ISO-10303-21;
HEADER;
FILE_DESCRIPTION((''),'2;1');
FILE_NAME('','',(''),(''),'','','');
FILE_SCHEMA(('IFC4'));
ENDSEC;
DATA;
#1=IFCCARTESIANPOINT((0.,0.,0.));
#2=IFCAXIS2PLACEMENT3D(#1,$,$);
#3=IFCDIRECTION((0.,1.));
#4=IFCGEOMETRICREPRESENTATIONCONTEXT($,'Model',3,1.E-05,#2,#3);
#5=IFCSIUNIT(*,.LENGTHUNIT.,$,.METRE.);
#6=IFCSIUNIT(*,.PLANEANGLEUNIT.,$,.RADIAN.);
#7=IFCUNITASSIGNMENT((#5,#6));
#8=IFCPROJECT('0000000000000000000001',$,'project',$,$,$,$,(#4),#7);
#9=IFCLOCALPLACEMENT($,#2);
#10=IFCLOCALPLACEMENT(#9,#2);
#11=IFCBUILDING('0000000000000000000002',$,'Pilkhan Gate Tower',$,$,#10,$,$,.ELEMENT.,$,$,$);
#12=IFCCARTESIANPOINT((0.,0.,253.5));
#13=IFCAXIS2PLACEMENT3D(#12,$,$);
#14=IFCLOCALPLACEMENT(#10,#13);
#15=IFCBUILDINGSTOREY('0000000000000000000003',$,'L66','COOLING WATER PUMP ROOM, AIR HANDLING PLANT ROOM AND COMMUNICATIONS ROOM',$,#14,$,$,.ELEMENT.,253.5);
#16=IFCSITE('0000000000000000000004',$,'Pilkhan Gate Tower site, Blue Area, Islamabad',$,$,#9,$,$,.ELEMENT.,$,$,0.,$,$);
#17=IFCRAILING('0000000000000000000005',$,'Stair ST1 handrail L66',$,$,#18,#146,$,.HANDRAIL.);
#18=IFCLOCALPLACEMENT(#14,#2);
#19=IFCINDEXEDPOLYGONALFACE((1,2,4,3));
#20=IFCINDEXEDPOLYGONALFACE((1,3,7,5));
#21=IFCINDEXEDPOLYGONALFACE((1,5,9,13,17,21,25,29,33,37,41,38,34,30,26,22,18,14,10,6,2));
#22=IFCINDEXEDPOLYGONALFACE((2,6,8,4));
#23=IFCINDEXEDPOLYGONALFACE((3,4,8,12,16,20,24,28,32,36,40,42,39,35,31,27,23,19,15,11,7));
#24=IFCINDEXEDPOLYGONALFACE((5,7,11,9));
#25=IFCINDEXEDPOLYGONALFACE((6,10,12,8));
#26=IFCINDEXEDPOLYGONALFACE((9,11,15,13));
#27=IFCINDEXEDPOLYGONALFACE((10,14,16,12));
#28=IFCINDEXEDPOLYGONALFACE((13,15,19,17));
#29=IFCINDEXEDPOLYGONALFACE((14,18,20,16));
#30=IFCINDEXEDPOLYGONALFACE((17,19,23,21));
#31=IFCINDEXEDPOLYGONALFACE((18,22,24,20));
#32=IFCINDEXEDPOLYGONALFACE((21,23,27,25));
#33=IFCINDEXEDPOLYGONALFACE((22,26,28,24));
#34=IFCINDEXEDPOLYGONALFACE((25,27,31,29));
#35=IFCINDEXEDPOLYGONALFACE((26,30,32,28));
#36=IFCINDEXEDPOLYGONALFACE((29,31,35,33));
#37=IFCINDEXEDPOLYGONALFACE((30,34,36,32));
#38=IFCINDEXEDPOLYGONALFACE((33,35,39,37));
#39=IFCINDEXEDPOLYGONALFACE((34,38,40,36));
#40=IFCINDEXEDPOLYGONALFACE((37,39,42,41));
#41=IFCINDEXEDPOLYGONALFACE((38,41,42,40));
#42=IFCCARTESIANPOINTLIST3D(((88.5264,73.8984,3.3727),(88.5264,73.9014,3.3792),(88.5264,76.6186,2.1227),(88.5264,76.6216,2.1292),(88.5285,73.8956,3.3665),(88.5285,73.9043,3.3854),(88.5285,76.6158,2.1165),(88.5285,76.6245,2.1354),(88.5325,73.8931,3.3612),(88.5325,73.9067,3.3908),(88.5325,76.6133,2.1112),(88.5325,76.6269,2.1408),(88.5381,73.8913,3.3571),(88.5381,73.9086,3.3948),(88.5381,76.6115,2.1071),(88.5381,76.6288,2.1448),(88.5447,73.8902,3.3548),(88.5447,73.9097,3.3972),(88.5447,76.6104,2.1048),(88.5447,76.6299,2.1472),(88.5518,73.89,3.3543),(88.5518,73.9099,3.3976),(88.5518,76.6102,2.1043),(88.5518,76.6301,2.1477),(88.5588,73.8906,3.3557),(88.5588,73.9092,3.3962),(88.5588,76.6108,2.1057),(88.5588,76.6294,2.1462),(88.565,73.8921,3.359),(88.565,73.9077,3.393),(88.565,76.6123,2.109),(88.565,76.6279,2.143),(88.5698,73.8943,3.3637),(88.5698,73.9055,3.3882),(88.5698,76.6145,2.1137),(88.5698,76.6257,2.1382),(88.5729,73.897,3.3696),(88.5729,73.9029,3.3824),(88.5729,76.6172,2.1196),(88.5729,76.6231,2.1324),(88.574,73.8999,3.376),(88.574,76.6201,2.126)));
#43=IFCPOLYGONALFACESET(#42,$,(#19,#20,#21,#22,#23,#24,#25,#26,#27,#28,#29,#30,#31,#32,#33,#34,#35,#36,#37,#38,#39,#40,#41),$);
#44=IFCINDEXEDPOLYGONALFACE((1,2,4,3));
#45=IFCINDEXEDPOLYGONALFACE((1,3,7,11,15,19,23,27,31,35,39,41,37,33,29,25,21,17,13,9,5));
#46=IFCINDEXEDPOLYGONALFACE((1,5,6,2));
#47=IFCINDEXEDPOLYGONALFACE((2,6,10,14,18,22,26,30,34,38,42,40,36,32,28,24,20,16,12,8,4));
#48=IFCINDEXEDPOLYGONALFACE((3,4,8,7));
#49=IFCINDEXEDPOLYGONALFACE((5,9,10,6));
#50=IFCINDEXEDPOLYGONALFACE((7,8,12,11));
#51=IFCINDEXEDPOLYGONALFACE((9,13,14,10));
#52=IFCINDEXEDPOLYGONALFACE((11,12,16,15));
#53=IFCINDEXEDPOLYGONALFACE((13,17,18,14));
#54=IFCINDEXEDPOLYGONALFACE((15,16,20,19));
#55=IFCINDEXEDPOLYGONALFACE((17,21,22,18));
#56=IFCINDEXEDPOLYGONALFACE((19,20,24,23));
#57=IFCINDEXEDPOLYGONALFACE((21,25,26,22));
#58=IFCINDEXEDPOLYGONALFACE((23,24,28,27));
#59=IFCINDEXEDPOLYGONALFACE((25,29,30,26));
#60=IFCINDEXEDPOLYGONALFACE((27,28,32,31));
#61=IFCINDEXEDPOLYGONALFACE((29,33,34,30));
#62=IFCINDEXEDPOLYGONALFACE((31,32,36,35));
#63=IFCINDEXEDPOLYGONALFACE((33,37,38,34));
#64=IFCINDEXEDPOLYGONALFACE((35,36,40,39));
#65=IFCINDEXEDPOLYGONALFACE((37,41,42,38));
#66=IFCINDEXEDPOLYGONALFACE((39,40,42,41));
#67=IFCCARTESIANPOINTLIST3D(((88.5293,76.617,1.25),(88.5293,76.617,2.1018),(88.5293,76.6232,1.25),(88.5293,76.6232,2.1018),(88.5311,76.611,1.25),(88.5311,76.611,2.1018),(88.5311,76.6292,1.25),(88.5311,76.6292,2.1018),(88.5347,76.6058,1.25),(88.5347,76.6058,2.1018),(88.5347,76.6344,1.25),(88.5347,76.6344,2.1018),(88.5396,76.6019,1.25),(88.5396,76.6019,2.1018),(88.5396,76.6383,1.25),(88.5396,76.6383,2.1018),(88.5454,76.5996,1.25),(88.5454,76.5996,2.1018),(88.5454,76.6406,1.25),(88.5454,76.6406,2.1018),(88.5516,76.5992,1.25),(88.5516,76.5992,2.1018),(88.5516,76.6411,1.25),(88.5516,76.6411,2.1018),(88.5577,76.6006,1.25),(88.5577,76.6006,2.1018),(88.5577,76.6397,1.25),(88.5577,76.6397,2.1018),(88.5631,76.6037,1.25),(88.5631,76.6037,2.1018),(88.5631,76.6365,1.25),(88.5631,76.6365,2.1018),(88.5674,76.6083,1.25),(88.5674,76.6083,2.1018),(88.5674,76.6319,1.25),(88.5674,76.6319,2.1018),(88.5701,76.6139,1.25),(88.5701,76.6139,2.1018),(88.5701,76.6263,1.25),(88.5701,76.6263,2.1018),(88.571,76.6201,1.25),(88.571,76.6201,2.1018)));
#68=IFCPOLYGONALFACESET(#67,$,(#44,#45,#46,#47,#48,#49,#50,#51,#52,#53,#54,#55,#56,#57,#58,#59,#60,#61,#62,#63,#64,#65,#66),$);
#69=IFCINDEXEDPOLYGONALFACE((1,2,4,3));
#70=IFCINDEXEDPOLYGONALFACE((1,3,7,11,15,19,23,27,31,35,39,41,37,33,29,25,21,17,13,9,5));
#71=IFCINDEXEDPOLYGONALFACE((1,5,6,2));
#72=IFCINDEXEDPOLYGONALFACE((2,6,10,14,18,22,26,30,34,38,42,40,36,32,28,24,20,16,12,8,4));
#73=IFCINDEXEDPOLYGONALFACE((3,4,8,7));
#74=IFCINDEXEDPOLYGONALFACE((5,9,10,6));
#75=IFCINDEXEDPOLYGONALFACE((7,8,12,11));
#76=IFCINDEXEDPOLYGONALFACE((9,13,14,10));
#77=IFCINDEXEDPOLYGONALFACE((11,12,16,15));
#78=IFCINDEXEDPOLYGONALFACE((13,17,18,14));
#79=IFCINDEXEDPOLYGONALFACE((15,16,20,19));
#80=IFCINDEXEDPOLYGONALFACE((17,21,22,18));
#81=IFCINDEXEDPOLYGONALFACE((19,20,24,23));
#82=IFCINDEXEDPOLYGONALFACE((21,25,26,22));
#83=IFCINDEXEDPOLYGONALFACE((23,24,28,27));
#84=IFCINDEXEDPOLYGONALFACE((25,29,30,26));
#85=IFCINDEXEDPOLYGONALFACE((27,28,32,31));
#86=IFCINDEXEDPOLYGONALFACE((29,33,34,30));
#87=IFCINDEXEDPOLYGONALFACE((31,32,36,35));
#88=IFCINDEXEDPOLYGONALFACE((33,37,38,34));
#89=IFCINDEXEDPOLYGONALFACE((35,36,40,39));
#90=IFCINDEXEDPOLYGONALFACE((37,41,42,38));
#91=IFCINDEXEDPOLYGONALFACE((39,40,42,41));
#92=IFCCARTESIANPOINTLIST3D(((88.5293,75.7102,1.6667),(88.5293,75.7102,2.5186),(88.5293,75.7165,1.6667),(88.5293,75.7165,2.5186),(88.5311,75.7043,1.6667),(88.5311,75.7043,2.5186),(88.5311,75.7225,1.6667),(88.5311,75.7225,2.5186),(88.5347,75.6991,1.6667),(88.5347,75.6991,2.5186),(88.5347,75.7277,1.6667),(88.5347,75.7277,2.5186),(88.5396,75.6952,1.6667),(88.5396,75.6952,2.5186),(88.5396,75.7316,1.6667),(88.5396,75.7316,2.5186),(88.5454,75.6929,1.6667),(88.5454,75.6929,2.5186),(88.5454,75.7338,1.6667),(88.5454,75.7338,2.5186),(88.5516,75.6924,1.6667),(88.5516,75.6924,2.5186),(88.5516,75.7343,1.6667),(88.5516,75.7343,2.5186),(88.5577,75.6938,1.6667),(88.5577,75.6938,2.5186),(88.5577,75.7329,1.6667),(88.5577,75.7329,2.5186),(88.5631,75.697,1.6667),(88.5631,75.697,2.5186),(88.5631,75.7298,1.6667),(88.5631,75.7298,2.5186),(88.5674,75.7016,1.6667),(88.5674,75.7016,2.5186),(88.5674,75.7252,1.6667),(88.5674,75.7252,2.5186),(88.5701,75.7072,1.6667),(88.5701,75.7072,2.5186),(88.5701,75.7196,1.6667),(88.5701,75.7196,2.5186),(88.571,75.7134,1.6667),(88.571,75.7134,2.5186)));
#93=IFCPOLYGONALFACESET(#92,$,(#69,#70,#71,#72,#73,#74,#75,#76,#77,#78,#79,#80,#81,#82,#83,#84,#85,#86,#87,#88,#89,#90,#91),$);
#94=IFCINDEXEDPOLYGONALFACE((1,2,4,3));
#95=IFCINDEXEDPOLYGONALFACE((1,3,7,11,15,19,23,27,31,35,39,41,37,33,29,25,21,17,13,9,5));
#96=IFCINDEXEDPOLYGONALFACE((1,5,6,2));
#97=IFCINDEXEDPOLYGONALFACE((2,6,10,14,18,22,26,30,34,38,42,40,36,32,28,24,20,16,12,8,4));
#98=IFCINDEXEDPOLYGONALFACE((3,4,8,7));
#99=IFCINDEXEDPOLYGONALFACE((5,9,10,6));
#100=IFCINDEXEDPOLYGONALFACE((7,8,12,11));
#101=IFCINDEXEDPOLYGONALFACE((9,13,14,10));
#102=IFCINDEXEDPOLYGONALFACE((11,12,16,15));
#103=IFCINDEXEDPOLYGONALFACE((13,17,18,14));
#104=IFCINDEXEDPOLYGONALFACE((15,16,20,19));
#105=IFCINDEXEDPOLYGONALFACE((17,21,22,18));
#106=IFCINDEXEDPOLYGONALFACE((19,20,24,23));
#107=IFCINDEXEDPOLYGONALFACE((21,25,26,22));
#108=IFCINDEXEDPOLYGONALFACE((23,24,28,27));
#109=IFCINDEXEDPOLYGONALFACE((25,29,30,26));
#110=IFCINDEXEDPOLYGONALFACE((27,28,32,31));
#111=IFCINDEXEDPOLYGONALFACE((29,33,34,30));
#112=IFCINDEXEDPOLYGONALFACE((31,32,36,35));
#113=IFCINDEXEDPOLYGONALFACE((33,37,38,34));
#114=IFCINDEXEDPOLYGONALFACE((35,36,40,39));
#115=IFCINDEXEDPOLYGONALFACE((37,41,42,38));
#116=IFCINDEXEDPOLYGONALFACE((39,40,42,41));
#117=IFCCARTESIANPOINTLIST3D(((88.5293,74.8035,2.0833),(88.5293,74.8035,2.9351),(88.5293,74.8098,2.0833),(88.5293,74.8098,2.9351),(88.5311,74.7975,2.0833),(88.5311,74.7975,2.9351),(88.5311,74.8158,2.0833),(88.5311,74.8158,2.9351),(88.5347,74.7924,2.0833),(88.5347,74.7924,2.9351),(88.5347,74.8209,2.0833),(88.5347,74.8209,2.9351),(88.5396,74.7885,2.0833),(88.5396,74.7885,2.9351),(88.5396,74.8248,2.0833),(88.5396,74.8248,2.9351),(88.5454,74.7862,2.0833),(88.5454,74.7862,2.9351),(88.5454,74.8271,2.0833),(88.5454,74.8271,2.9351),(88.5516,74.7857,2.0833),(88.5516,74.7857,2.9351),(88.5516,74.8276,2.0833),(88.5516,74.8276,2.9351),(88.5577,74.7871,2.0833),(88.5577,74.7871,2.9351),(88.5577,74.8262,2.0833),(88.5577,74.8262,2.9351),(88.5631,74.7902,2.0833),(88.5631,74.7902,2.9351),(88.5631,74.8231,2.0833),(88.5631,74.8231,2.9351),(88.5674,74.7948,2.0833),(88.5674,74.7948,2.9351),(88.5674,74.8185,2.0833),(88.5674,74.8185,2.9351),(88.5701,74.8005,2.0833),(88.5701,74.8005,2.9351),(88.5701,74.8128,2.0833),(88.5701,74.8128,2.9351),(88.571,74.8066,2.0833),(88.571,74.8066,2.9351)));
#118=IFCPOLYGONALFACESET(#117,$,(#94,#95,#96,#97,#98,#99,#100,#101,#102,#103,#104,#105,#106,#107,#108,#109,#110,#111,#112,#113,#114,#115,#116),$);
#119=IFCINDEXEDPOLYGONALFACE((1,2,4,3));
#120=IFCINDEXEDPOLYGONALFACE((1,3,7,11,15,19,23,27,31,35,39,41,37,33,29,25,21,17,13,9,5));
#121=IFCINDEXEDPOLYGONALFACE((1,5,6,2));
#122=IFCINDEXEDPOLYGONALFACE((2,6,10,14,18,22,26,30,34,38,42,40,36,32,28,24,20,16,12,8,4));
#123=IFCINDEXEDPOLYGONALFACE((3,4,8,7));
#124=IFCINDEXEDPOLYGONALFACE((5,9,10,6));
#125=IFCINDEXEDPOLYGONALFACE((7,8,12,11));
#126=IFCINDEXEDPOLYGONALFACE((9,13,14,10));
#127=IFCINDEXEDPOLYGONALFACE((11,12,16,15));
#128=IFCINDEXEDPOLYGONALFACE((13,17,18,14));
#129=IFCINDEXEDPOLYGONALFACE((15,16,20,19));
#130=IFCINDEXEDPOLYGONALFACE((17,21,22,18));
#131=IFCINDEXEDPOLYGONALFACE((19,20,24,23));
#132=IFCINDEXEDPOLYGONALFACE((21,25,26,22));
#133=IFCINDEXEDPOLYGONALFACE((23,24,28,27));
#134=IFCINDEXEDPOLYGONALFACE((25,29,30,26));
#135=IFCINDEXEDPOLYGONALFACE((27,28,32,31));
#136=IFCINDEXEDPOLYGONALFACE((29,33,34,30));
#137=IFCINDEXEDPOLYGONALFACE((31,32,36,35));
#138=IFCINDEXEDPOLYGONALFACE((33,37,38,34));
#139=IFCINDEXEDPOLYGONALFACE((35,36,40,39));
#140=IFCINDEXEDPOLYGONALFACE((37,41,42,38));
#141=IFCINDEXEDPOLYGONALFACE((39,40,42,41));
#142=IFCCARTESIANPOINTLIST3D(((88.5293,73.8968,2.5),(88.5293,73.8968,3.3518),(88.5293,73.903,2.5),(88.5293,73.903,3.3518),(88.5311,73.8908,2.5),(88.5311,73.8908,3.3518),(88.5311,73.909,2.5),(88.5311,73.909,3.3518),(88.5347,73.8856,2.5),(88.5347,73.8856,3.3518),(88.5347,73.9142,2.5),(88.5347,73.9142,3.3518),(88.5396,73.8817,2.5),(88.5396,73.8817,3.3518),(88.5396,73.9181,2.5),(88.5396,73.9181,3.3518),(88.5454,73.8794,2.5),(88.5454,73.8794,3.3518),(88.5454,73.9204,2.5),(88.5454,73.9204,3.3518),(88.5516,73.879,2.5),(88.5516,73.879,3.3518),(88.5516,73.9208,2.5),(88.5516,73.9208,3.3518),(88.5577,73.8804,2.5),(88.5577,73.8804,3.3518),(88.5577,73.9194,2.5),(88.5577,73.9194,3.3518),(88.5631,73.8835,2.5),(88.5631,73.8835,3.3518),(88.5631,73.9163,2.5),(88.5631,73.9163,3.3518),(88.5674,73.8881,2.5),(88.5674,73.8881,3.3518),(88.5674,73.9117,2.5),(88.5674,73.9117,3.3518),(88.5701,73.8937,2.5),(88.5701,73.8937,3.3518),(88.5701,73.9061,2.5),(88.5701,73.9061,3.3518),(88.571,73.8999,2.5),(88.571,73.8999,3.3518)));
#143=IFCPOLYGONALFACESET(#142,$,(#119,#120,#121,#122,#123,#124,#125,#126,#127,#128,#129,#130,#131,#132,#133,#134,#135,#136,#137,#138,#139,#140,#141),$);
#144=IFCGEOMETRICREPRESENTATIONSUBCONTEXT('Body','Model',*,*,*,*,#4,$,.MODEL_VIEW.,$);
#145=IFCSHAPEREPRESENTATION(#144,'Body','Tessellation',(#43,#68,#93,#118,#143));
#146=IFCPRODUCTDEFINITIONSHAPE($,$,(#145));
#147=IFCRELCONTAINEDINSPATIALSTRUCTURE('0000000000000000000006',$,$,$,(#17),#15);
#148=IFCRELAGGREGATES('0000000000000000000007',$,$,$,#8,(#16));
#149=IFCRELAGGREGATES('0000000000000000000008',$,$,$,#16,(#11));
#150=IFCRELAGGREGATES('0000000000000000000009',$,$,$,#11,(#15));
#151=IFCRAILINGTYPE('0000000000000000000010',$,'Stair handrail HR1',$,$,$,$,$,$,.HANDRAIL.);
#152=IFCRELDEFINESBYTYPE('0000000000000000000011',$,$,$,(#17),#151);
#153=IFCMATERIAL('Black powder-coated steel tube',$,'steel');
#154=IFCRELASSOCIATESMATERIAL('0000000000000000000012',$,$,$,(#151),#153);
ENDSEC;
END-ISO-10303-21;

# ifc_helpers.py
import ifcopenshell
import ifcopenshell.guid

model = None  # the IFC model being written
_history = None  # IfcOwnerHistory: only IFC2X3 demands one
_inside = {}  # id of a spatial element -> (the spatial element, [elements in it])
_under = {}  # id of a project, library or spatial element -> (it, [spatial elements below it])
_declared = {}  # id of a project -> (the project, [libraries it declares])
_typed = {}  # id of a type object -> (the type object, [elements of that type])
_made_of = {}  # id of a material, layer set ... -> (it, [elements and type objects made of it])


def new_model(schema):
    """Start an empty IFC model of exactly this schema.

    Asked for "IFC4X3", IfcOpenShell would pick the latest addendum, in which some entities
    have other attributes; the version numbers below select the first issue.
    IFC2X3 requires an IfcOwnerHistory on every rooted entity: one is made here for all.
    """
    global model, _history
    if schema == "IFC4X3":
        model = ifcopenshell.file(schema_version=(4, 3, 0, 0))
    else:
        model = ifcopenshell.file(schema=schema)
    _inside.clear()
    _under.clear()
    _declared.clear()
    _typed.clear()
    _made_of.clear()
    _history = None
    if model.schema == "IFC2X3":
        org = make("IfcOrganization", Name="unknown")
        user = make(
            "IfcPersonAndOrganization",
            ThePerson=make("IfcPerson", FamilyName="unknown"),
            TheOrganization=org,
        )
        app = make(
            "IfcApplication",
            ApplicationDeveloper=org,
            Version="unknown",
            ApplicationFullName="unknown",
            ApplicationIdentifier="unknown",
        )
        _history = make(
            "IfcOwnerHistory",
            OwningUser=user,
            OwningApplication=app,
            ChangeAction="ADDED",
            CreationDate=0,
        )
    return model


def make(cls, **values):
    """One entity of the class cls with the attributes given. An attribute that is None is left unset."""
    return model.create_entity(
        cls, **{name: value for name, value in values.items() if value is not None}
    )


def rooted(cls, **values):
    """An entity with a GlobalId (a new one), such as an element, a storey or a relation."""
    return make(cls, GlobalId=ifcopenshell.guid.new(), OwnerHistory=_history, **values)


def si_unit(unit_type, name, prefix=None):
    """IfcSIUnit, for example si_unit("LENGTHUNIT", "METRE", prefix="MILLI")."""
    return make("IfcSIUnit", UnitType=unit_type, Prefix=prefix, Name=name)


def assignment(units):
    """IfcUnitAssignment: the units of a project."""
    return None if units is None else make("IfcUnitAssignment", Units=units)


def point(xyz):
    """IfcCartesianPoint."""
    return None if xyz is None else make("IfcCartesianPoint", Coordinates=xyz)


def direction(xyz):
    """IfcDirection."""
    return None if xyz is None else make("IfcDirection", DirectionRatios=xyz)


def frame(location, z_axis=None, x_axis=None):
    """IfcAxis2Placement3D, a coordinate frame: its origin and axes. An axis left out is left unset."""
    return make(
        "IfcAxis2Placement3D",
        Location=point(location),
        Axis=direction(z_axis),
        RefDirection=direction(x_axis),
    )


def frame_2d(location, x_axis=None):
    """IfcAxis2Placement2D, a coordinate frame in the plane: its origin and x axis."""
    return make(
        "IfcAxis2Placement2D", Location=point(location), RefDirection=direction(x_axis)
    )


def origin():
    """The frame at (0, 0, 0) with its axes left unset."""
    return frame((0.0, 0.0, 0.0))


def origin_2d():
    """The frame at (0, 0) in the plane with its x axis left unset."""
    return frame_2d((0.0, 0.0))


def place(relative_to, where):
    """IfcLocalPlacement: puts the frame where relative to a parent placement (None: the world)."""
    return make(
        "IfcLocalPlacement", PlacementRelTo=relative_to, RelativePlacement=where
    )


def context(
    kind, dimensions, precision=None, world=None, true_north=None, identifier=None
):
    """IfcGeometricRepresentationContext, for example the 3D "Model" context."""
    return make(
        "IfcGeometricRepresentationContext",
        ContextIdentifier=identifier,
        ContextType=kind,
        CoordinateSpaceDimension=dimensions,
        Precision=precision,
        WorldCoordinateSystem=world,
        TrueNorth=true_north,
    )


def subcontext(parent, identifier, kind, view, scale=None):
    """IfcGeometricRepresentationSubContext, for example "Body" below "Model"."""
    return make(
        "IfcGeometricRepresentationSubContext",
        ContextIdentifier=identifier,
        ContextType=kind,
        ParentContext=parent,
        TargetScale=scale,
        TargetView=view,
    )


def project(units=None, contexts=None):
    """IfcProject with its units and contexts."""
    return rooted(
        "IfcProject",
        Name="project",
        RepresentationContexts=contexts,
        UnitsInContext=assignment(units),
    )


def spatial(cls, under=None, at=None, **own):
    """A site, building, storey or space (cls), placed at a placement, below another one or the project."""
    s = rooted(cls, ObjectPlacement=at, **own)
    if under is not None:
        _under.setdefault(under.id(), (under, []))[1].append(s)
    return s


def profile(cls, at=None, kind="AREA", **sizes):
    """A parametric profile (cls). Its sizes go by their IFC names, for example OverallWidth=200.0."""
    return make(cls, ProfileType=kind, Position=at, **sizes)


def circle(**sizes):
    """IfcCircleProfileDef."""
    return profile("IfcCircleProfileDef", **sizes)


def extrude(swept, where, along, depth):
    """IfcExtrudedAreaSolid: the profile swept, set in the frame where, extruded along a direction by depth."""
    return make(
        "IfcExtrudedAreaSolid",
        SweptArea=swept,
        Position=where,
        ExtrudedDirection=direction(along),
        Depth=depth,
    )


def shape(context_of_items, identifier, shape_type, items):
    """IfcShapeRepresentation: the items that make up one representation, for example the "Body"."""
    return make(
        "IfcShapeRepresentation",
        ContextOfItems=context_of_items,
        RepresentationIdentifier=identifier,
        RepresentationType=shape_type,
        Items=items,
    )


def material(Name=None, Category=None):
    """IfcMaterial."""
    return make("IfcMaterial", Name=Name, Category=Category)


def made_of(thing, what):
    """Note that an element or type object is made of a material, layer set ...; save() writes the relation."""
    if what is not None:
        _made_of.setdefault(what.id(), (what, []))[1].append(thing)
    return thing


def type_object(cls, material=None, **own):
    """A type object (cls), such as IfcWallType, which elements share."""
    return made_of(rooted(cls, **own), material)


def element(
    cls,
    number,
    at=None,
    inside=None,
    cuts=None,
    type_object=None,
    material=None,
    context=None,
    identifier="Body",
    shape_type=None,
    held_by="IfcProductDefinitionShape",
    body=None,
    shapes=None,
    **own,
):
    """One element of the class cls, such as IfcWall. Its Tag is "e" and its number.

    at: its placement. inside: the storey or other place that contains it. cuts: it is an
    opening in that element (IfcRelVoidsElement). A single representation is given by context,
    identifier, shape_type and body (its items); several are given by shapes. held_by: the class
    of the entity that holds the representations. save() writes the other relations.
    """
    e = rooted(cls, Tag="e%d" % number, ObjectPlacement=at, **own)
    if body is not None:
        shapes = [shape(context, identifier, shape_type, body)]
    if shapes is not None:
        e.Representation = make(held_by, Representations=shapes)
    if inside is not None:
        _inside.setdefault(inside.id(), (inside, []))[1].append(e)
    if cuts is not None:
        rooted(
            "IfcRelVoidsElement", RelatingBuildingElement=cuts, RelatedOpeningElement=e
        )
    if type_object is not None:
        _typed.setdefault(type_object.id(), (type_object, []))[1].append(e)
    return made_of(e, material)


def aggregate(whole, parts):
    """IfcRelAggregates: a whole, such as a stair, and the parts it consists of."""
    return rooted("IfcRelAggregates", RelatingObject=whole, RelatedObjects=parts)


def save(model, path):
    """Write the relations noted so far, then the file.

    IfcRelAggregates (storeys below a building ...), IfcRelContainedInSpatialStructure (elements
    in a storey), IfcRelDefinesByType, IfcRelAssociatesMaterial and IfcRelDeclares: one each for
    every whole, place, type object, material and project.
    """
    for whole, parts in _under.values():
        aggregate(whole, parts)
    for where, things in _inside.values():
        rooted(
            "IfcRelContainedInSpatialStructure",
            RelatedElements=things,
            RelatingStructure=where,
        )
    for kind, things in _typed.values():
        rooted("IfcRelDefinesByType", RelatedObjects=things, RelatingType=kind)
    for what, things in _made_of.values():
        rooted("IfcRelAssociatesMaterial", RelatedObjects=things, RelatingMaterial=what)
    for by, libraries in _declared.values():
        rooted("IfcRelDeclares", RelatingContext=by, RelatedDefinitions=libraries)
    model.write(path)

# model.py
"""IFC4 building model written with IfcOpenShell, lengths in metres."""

from ifc_helpers import new_model, si_unit, direction, frame, origin, origin_2d, place, context, subcontext, project, spatial, circle, extrude, material, type_object, element, save


model = new_model("IFC4")

# Units and contexts
model_context = context("Model", 3, precision=1e-05, world=origin(), true_north=direction((0.0, 1.0)))
body_context = subcontext(model_context, "Body", "Model", "MODEL_VIEW")
ifc_project = project(units=[si_unit("LENGTHUNIT", "METRE"), si_unit("PLANEANGLEUNIT", "RADIAN")], contexts=[model_context])

# Site, building, storey
site_placement = place(None, origin())
site = spatial("IfcSite", under=ifc_project, at=site_placement, Name="Pilkhan Gate Tower site, Blue Area, Islamabad", CompositionType="ELEMENT", RefElevation=0.0)
building_placement = place(site_placement, origin())
building = spatial("IfcBuilding", under=site, at=building_placement, Name="Pilkhan Gate Tower", CompositionType="ELEMENT")
storey_placement = place(building_placement, frame((0.0, 0.0, 253.5)))
storey = spatial("IfcBuildingStorey", under=building, at=storey_placement, Name="L66", Description="COOLING WATER PUMP ROOM, AIR HANDLING PLANT ROOM AND COMMUNICATIONS ROOM", CompositionType="ELEMENT", Elevation=253.5)

# Railing
ifc_material_1 = material(Name="Black powder-coated steel tube", Category="steel")
railing_type_1 = type_object("IfcRailingType", Name="Stair handrail HR1", PredefinedType="HANDRAIL", material=ifc_material_1)
for number, where, name in (
    (1, (88.55, 76.6201, 1.25), "Stair ST1 handrail L66"),
):
    element("IfcRailing", number, at=place(storey_placement, frame(where)), inside=storey, type_object=railing_type_1, Name=name, PredefinedType="HANDRAIL", context=body_context, shape_type="SweptSolid", body=[
        extrude(circle(Radius=0.0239, at=origin_2d()), frame((0.0, 0.0, 0.876), z_axis=(0.0, -0.908655, 0.417547), x_axis=(1.0, 0.0, 0.0)), (0.0, 0.0, 1.0), 2.9937),
        extrude(circle(Radius=0.021, at=origin_2d()), origin(), (0.0, 0.0, 1.0), 0.8518),
        extrude(circle(Radius=0.021, at=origin_2d()), frame((0.0, -0.9067, 0.4167)), (0.0, 0.0, 1.0), 0.8518),
        extrude(circle(Radius=0.021, at=origin_2d()), frame((0.0, -1.8135, 0.8333)), (0.0, 0.0, 1.0), 0.8518),
        extrude(circle(Radius=0.021, at=origin_2d()), frame((0.0, -2.7202, 1.25)), (0.0, 0.0, 1.0), 0.8518),
    ])

save(model, "model.ifc")
